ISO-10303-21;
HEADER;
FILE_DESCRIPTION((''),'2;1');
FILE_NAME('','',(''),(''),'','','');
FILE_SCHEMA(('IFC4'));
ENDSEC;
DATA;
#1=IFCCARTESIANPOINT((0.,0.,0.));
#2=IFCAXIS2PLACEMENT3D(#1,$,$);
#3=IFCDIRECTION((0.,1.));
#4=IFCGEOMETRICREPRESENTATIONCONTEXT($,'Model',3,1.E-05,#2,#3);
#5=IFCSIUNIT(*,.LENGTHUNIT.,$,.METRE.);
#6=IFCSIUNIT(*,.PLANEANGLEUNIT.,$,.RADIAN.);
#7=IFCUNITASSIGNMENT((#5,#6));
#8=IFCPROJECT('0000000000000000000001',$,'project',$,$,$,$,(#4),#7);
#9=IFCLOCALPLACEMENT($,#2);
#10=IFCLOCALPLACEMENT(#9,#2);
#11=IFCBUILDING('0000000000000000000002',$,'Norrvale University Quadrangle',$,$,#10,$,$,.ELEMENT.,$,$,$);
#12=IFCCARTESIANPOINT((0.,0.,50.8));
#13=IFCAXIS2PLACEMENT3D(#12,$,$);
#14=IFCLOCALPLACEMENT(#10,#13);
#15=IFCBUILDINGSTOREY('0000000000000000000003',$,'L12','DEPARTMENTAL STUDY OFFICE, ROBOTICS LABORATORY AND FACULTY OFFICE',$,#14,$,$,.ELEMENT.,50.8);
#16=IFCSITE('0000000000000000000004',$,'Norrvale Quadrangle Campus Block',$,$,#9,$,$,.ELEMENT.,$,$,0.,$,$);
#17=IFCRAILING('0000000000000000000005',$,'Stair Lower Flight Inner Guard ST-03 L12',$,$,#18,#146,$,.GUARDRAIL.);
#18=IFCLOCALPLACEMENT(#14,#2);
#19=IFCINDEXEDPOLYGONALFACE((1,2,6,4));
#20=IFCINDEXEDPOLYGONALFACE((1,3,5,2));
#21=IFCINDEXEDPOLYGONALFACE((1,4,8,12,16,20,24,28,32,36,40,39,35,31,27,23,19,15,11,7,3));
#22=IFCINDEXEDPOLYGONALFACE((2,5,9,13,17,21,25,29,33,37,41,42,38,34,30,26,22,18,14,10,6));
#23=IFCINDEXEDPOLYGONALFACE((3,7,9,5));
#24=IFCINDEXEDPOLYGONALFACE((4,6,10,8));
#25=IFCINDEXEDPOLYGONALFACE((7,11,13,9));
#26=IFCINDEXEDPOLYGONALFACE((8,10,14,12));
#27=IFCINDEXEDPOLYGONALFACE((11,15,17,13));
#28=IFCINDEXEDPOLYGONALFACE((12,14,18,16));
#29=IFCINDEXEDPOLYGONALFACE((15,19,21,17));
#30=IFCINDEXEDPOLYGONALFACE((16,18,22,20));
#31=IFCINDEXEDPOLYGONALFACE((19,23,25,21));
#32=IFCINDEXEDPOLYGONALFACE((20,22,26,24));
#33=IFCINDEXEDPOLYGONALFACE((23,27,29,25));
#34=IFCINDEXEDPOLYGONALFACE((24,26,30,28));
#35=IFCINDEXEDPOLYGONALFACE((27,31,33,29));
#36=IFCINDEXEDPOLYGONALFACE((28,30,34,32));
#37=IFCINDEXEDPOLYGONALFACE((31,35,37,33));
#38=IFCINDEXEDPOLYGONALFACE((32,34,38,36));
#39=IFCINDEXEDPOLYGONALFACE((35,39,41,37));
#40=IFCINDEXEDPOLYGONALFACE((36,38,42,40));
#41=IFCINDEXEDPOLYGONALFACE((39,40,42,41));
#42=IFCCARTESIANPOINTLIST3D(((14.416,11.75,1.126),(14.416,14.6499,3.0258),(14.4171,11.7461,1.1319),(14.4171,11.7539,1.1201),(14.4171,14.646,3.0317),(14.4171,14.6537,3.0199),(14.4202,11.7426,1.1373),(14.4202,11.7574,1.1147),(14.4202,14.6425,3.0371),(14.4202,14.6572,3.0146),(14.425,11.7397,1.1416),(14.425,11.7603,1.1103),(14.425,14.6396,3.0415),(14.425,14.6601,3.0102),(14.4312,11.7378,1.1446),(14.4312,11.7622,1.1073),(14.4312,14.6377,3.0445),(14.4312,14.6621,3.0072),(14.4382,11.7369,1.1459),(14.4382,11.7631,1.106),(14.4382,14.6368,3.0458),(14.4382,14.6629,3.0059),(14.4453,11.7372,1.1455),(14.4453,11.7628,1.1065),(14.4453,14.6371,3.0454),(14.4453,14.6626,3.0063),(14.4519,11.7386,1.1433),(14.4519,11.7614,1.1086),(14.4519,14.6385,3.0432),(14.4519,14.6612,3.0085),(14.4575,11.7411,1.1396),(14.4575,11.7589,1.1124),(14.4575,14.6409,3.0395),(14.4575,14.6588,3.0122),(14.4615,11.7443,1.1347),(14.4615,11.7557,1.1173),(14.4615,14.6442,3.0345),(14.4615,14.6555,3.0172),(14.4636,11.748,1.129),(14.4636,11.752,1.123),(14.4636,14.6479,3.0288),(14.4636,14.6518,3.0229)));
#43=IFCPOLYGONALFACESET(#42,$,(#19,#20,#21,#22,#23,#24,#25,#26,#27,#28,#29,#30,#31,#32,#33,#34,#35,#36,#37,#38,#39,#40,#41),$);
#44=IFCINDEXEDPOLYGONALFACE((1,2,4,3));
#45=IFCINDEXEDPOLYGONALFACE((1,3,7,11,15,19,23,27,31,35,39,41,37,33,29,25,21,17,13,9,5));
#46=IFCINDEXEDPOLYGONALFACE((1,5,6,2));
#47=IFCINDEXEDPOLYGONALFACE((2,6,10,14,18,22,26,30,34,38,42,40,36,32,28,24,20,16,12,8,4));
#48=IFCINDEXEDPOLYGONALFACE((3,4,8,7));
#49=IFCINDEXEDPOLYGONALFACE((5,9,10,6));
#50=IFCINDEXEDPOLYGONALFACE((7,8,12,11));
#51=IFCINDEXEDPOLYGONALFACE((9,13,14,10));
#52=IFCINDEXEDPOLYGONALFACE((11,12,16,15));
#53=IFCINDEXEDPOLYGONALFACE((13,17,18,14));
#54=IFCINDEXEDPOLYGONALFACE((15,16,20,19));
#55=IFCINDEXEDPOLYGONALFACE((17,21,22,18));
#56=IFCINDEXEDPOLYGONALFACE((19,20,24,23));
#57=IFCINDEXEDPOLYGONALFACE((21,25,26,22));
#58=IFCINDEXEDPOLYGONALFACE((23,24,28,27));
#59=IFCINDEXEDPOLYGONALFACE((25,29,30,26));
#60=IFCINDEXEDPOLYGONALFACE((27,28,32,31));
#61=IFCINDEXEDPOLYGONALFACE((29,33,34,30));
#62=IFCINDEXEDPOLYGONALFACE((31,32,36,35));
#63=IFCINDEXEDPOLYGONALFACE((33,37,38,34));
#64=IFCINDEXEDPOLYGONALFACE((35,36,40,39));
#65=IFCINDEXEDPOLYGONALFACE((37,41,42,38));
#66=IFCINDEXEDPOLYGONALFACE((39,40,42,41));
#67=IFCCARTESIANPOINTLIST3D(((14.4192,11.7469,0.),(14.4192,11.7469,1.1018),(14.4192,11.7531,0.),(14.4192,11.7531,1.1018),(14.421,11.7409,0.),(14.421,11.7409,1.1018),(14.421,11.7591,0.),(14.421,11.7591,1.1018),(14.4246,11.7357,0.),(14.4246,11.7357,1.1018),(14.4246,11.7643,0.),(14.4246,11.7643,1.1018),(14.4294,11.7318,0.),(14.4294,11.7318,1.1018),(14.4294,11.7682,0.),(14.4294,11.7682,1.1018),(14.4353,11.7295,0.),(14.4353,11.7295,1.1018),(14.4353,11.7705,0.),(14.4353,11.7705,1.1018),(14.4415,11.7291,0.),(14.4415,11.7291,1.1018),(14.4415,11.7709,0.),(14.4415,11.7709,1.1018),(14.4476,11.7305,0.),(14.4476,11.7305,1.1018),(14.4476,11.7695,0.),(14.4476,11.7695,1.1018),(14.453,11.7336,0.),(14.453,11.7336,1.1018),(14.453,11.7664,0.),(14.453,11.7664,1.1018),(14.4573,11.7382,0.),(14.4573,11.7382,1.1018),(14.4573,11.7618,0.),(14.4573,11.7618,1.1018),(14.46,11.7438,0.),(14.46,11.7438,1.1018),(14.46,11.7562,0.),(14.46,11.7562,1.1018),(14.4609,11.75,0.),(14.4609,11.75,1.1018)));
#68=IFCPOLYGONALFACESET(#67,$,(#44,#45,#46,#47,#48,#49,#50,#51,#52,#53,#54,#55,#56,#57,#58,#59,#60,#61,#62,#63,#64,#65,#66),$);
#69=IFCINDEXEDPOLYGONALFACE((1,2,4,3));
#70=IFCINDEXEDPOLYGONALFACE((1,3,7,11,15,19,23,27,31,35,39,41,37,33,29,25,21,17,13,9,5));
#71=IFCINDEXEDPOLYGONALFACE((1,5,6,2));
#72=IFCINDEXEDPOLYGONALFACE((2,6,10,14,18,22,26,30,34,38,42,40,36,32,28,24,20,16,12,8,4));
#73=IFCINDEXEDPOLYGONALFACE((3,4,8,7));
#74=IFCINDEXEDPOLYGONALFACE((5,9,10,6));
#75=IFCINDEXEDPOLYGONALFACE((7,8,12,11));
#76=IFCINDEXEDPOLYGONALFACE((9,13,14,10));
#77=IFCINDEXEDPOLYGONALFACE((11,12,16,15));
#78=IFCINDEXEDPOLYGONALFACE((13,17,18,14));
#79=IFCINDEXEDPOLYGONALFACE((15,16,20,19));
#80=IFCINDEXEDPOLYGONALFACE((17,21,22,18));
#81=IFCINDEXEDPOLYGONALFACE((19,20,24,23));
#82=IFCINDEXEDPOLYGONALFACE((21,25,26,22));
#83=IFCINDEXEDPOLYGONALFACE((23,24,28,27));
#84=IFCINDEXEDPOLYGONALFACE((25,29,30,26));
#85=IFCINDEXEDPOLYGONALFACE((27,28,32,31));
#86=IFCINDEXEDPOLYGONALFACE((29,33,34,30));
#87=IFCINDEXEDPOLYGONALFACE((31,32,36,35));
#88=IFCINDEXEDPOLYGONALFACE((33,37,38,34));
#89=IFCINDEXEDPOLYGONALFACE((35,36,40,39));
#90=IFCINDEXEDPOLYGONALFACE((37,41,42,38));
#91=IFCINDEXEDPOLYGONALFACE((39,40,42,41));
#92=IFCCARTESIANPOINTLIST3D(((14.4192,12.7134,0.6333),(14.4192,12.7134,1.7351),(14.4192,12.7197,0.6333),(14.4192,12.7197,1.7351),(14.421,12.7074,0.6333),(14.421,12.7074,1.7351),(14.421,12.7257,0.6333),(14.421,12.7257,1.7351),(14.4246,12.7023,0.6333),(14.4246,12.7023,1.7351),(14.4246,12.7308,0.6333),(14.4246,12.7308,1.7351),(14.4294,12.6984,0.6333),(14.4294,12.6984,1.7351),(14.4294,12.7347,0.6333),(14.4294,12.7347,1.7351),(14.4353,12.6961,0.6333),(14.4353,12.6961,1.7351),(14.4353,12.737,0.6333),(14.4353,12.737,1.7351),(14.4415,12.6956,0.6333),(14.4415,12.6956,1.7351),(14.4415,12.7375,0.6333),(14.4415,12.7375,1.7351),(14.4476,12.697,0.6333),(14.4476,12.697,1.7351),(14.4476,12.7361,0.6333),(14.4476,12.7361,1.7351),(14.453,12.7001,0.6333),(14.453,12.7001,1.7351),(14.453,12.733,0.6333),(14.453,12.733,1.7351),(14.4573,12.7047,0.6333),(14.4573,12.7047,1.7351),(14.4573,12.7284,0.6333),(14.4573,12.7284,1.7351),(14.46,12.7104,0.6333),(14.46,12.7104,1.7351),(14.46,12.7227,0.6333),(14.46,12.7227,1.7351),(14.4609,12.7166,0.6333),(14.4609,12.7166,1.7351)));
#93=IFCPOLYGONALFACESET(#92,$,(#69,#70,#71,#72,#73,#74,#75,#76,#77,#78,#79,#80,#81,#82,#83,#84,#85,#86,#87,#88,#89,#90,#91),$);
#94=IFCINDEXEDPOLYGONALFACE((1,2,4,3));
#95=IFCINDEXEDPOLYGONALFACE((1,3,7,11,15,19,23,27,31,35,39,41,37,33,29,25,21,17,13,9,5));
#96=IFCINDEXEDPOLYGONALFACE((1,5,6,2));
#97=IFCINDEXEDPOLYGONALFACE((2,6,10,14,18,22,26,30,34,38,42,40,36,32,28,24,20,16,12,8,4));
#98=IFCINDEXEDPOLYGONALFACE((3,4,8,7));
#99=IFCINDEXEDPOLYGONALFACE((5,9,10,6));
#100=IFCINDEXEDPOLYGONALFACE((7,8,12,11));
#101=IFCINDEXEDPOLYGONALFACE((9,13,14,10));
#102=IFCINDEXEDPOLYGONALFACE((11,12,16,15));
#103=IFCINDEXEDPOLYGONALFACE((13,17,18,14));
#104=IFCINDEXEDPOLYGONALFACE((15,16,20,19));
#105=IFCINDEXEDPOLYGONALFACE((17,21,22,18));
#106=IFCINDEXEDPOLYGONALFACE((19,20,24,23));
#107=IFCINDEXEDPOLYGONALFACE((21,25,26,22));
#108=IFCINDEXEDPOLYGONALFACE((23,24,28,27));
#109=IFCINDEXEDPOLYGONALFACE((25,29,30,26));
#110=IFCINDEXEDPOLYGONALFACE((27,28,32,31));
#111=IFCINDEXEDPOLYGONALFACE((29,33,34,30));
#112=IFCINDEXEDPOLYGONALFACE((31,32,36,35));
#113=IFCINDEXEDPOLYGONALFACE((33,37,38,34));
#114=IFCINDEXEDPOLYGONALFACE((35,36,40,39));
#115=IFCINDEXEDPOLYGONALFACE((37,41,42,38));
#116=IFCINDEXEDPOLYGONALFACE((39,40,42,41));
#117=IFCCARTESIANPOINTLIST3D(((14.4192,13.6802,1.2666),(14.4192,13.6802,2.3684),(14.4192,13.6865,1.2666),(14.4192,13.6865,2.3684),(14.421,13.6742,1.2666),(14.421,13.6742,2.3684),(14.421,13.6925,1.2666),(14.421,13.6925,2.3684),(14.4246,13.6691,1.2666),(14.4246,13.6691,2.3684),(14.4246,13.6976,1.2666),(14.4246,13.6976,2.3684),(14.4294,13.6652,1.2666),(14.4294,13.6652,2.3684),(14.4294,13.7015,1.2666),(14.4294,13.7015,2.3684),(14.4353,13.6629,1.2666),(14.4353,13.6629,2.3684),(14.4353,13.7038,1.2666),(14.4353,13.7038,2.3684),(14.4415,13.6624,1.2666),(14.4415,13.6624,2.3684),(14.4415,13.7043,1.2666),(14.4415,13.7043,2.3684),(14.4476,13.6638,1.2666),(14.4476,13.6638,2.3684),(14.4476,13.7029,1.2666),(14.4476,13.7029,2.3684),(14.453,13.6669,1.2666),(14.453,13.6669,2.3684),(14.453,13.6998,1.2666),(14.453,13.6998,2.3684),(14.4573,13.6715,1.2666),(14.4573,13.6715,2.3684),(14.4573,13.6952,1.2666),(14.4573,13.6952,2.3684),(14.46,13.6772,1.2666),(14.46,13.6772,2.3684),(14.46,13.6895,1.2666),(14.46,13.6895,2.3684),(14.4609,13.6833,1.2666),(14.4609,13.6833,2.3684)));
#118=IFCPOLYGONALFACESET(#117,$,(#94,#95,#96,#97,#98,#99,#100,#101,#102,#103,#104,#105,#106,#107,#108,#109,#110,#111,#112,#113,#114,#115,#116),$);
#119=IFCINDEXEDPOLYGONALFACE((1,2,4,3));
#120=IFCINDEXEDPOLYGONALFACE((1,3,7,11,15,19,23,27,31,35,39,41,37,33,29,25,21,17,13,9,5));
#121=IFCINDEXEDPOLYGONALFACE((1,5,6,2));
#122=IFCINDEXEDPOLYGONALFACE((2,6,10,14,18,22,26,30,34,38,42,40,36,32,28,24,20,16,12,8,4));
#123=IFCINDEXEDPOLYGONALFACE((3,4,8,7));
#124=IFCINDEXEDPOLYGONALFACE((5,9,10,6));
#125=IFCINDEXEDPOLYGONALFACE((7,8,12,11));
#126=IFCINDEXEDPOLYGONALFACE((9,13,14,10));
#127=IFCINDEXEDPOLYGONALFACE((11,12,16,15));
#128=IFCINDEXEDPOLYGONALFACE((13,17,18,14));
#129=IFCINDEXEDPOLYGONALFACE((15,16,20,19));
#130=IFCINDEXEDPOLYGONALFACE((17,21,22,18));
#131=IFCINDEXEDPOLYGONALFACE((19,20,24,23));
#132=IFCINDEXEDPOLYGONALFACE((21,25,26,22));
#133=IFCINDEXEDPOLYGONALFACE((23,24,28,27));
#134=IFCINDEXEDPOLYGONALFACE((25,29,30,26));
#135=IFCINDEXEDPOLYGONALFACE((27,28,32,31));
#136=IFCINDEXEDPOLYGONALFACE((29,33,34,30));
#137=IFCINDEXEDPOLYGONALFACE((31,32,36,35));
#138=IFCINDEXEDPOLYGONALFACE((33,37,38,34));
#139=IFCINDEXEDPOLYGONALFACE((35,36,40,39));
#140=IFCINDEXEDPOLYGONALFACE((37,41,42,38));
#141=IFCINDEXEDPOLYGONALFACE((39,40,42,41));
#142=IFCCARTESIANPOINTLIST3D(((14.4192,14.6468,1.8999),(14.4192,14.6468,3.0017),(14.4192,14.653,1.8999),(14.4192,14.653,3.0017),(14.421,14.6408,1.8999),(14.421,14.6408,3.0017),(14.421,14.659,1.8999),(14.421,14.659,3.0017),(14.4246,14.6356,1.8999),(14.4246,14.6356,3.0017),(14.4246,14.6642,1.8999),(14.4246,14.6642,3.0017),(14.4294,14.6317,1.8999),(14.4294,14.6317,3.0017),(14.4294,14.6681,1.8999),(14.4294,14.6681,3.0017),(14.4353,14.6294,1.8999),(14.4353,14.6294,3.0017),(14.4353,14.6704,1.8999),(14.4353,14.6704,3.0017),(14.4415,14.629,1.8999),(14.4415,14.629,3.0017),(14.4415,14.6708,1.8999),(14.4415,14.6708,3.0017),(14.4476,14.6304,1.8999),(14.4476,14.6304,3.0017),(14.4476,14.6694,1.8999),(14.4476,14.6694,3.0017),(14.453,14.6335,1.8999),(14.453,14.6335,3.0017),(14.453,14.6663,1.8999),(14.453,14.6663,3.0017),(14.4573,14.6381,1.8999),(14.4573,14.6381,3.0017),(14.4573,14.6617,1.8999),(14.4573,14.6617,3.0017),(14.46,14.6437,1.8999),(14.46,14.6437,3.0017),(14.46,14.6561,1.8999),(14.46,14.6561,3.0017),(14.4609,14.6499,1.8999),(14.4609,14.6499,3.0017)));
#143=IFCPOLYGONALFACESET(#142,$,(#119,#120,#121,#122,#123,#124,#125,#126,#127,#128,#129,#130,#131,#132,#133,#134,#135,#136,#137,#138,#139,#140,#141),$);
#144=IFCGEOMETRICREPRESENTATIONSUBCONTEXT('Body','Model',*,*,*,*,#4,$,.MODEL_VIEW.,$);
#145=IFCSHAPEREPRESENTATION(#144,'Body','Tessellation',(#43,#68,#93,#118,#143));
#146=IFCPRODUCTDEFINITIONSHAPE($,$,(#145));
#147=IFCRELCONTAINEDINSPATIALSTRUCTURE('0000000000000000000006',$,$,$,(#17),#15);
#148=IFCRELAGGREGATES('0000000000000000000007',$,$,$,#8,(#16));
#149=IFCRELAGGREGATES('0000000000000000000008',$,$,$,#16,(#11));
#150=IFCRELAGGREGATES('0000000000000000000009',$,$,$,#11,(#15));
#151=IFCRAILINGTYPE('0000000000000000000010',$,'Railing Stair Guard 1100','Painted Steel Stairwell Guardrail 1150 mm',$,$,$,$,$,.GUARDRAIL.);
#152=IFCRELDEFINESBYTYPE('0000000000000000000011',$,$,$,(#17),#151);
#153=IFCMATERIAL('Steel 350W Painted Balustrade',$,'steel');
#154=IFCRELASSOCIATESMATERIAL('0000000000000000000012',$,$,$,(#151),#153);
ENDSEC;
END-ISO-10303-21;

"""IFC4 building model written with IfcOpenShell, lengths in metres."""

from ifc_helpers import new_model, si_unit, direction, frame, origin, origin_2d, place, context, subcontext, project, spatial, circle, extrude, material, type_object, element, save


model = new_model("IFC4")

# Units and contexts
model_context = context("Model", 3, precision=1e-05, world=origin(), true_north=direction((0.0, 1.0)))
body_context = subcontext(model_context, "Body", "Model", "MODEL_VIEW")
ifc_project = project(units=[si_unit("LENGTHUNIT", "METRE"), si_unit("PLANEANGLEUNIT", "RADIAN")], contexts=[model_context])

# Site, building, storey
site_placement = place(None, origin())
site = spatial("IfcSite", under=ifc_project, at=site_placement, Name="Norrvale Quadrangle Campus Block", CompositionType="ELEMENT", RefElevation=0.0)
building_placement = place(site_placement, origin())
building = spatial("IfcBuilding", under=site, at=building_placement, Name="Norrvale University Quadrangle", CompositionType="ELEMENT")
storey_placement = place(building_placement, frame((0.0, 0.0, 50.8)))
storey = spatial("IfcBuildingStorey", under=building, at=storey_placement, Name="L12", Description="DEPARTMENTAL STUDY OFFICE, ROBOTICS LABORATORY AND FACULTY OFFICE", CompositionType="ELEMENT", Elevation=50.8)

# Railing
ifc_material_1 = material(Name="Steel 350W Painted Balustrade", Category="steel")
railing_type_1 = type_object("IfcRailingType", Name="Railing Stair Guard 1100", Description="Painted Steel Stairwell Guardrail 1150 mm", PredefinedType="GUARDRAIL", material=ifc_material_1)
railing_1_placement = place(storey_placement, frame((14.4399, 11.75, 0.0)))
element("IfcRailing", 1, at=railing_1_placement, inside=storey, type_object=railing_type_1, Name="Stair Lower Flight Inner Guard ST-03 L12", PredefinedType="GUARDRAIL", context=body_context, shape_type="SweptSolid", body=[
    extrude(circle(Radius=0.0239, at=origin_2d()), frame((0.0, 0.0, 1.126), z_axis=(0.0, 0.836466, 0.548019), x_axis=(-1.0, 0.0, 0.0)), (0.0, 0.0, 1.0), 3.4668),
    extrude(circle(Radius=0.021, at=origin_2d()), origin(), (0.0, 0.0, 1.0), 1.1018),
    extrude(circle(Radius=0.021, at=origin_2d()), frame((0.0, 0.9666, 0.6333)), (0.0, 0.0, 1.0), 1.1018),
    extrude(circle(Radius=0.021, at=origin_2d()), frame((0.0, 1.9333, 1.2666)), (0.0, 0.0, 1.0), 1.1018),
    extrude(circle(Radius=0.021, at=origin_2d()), frame((0.0, 2.8999, 1.8999)), (0.0, 0.0, 1.0), 1.1018),
])

save(model, "model.ifc")
